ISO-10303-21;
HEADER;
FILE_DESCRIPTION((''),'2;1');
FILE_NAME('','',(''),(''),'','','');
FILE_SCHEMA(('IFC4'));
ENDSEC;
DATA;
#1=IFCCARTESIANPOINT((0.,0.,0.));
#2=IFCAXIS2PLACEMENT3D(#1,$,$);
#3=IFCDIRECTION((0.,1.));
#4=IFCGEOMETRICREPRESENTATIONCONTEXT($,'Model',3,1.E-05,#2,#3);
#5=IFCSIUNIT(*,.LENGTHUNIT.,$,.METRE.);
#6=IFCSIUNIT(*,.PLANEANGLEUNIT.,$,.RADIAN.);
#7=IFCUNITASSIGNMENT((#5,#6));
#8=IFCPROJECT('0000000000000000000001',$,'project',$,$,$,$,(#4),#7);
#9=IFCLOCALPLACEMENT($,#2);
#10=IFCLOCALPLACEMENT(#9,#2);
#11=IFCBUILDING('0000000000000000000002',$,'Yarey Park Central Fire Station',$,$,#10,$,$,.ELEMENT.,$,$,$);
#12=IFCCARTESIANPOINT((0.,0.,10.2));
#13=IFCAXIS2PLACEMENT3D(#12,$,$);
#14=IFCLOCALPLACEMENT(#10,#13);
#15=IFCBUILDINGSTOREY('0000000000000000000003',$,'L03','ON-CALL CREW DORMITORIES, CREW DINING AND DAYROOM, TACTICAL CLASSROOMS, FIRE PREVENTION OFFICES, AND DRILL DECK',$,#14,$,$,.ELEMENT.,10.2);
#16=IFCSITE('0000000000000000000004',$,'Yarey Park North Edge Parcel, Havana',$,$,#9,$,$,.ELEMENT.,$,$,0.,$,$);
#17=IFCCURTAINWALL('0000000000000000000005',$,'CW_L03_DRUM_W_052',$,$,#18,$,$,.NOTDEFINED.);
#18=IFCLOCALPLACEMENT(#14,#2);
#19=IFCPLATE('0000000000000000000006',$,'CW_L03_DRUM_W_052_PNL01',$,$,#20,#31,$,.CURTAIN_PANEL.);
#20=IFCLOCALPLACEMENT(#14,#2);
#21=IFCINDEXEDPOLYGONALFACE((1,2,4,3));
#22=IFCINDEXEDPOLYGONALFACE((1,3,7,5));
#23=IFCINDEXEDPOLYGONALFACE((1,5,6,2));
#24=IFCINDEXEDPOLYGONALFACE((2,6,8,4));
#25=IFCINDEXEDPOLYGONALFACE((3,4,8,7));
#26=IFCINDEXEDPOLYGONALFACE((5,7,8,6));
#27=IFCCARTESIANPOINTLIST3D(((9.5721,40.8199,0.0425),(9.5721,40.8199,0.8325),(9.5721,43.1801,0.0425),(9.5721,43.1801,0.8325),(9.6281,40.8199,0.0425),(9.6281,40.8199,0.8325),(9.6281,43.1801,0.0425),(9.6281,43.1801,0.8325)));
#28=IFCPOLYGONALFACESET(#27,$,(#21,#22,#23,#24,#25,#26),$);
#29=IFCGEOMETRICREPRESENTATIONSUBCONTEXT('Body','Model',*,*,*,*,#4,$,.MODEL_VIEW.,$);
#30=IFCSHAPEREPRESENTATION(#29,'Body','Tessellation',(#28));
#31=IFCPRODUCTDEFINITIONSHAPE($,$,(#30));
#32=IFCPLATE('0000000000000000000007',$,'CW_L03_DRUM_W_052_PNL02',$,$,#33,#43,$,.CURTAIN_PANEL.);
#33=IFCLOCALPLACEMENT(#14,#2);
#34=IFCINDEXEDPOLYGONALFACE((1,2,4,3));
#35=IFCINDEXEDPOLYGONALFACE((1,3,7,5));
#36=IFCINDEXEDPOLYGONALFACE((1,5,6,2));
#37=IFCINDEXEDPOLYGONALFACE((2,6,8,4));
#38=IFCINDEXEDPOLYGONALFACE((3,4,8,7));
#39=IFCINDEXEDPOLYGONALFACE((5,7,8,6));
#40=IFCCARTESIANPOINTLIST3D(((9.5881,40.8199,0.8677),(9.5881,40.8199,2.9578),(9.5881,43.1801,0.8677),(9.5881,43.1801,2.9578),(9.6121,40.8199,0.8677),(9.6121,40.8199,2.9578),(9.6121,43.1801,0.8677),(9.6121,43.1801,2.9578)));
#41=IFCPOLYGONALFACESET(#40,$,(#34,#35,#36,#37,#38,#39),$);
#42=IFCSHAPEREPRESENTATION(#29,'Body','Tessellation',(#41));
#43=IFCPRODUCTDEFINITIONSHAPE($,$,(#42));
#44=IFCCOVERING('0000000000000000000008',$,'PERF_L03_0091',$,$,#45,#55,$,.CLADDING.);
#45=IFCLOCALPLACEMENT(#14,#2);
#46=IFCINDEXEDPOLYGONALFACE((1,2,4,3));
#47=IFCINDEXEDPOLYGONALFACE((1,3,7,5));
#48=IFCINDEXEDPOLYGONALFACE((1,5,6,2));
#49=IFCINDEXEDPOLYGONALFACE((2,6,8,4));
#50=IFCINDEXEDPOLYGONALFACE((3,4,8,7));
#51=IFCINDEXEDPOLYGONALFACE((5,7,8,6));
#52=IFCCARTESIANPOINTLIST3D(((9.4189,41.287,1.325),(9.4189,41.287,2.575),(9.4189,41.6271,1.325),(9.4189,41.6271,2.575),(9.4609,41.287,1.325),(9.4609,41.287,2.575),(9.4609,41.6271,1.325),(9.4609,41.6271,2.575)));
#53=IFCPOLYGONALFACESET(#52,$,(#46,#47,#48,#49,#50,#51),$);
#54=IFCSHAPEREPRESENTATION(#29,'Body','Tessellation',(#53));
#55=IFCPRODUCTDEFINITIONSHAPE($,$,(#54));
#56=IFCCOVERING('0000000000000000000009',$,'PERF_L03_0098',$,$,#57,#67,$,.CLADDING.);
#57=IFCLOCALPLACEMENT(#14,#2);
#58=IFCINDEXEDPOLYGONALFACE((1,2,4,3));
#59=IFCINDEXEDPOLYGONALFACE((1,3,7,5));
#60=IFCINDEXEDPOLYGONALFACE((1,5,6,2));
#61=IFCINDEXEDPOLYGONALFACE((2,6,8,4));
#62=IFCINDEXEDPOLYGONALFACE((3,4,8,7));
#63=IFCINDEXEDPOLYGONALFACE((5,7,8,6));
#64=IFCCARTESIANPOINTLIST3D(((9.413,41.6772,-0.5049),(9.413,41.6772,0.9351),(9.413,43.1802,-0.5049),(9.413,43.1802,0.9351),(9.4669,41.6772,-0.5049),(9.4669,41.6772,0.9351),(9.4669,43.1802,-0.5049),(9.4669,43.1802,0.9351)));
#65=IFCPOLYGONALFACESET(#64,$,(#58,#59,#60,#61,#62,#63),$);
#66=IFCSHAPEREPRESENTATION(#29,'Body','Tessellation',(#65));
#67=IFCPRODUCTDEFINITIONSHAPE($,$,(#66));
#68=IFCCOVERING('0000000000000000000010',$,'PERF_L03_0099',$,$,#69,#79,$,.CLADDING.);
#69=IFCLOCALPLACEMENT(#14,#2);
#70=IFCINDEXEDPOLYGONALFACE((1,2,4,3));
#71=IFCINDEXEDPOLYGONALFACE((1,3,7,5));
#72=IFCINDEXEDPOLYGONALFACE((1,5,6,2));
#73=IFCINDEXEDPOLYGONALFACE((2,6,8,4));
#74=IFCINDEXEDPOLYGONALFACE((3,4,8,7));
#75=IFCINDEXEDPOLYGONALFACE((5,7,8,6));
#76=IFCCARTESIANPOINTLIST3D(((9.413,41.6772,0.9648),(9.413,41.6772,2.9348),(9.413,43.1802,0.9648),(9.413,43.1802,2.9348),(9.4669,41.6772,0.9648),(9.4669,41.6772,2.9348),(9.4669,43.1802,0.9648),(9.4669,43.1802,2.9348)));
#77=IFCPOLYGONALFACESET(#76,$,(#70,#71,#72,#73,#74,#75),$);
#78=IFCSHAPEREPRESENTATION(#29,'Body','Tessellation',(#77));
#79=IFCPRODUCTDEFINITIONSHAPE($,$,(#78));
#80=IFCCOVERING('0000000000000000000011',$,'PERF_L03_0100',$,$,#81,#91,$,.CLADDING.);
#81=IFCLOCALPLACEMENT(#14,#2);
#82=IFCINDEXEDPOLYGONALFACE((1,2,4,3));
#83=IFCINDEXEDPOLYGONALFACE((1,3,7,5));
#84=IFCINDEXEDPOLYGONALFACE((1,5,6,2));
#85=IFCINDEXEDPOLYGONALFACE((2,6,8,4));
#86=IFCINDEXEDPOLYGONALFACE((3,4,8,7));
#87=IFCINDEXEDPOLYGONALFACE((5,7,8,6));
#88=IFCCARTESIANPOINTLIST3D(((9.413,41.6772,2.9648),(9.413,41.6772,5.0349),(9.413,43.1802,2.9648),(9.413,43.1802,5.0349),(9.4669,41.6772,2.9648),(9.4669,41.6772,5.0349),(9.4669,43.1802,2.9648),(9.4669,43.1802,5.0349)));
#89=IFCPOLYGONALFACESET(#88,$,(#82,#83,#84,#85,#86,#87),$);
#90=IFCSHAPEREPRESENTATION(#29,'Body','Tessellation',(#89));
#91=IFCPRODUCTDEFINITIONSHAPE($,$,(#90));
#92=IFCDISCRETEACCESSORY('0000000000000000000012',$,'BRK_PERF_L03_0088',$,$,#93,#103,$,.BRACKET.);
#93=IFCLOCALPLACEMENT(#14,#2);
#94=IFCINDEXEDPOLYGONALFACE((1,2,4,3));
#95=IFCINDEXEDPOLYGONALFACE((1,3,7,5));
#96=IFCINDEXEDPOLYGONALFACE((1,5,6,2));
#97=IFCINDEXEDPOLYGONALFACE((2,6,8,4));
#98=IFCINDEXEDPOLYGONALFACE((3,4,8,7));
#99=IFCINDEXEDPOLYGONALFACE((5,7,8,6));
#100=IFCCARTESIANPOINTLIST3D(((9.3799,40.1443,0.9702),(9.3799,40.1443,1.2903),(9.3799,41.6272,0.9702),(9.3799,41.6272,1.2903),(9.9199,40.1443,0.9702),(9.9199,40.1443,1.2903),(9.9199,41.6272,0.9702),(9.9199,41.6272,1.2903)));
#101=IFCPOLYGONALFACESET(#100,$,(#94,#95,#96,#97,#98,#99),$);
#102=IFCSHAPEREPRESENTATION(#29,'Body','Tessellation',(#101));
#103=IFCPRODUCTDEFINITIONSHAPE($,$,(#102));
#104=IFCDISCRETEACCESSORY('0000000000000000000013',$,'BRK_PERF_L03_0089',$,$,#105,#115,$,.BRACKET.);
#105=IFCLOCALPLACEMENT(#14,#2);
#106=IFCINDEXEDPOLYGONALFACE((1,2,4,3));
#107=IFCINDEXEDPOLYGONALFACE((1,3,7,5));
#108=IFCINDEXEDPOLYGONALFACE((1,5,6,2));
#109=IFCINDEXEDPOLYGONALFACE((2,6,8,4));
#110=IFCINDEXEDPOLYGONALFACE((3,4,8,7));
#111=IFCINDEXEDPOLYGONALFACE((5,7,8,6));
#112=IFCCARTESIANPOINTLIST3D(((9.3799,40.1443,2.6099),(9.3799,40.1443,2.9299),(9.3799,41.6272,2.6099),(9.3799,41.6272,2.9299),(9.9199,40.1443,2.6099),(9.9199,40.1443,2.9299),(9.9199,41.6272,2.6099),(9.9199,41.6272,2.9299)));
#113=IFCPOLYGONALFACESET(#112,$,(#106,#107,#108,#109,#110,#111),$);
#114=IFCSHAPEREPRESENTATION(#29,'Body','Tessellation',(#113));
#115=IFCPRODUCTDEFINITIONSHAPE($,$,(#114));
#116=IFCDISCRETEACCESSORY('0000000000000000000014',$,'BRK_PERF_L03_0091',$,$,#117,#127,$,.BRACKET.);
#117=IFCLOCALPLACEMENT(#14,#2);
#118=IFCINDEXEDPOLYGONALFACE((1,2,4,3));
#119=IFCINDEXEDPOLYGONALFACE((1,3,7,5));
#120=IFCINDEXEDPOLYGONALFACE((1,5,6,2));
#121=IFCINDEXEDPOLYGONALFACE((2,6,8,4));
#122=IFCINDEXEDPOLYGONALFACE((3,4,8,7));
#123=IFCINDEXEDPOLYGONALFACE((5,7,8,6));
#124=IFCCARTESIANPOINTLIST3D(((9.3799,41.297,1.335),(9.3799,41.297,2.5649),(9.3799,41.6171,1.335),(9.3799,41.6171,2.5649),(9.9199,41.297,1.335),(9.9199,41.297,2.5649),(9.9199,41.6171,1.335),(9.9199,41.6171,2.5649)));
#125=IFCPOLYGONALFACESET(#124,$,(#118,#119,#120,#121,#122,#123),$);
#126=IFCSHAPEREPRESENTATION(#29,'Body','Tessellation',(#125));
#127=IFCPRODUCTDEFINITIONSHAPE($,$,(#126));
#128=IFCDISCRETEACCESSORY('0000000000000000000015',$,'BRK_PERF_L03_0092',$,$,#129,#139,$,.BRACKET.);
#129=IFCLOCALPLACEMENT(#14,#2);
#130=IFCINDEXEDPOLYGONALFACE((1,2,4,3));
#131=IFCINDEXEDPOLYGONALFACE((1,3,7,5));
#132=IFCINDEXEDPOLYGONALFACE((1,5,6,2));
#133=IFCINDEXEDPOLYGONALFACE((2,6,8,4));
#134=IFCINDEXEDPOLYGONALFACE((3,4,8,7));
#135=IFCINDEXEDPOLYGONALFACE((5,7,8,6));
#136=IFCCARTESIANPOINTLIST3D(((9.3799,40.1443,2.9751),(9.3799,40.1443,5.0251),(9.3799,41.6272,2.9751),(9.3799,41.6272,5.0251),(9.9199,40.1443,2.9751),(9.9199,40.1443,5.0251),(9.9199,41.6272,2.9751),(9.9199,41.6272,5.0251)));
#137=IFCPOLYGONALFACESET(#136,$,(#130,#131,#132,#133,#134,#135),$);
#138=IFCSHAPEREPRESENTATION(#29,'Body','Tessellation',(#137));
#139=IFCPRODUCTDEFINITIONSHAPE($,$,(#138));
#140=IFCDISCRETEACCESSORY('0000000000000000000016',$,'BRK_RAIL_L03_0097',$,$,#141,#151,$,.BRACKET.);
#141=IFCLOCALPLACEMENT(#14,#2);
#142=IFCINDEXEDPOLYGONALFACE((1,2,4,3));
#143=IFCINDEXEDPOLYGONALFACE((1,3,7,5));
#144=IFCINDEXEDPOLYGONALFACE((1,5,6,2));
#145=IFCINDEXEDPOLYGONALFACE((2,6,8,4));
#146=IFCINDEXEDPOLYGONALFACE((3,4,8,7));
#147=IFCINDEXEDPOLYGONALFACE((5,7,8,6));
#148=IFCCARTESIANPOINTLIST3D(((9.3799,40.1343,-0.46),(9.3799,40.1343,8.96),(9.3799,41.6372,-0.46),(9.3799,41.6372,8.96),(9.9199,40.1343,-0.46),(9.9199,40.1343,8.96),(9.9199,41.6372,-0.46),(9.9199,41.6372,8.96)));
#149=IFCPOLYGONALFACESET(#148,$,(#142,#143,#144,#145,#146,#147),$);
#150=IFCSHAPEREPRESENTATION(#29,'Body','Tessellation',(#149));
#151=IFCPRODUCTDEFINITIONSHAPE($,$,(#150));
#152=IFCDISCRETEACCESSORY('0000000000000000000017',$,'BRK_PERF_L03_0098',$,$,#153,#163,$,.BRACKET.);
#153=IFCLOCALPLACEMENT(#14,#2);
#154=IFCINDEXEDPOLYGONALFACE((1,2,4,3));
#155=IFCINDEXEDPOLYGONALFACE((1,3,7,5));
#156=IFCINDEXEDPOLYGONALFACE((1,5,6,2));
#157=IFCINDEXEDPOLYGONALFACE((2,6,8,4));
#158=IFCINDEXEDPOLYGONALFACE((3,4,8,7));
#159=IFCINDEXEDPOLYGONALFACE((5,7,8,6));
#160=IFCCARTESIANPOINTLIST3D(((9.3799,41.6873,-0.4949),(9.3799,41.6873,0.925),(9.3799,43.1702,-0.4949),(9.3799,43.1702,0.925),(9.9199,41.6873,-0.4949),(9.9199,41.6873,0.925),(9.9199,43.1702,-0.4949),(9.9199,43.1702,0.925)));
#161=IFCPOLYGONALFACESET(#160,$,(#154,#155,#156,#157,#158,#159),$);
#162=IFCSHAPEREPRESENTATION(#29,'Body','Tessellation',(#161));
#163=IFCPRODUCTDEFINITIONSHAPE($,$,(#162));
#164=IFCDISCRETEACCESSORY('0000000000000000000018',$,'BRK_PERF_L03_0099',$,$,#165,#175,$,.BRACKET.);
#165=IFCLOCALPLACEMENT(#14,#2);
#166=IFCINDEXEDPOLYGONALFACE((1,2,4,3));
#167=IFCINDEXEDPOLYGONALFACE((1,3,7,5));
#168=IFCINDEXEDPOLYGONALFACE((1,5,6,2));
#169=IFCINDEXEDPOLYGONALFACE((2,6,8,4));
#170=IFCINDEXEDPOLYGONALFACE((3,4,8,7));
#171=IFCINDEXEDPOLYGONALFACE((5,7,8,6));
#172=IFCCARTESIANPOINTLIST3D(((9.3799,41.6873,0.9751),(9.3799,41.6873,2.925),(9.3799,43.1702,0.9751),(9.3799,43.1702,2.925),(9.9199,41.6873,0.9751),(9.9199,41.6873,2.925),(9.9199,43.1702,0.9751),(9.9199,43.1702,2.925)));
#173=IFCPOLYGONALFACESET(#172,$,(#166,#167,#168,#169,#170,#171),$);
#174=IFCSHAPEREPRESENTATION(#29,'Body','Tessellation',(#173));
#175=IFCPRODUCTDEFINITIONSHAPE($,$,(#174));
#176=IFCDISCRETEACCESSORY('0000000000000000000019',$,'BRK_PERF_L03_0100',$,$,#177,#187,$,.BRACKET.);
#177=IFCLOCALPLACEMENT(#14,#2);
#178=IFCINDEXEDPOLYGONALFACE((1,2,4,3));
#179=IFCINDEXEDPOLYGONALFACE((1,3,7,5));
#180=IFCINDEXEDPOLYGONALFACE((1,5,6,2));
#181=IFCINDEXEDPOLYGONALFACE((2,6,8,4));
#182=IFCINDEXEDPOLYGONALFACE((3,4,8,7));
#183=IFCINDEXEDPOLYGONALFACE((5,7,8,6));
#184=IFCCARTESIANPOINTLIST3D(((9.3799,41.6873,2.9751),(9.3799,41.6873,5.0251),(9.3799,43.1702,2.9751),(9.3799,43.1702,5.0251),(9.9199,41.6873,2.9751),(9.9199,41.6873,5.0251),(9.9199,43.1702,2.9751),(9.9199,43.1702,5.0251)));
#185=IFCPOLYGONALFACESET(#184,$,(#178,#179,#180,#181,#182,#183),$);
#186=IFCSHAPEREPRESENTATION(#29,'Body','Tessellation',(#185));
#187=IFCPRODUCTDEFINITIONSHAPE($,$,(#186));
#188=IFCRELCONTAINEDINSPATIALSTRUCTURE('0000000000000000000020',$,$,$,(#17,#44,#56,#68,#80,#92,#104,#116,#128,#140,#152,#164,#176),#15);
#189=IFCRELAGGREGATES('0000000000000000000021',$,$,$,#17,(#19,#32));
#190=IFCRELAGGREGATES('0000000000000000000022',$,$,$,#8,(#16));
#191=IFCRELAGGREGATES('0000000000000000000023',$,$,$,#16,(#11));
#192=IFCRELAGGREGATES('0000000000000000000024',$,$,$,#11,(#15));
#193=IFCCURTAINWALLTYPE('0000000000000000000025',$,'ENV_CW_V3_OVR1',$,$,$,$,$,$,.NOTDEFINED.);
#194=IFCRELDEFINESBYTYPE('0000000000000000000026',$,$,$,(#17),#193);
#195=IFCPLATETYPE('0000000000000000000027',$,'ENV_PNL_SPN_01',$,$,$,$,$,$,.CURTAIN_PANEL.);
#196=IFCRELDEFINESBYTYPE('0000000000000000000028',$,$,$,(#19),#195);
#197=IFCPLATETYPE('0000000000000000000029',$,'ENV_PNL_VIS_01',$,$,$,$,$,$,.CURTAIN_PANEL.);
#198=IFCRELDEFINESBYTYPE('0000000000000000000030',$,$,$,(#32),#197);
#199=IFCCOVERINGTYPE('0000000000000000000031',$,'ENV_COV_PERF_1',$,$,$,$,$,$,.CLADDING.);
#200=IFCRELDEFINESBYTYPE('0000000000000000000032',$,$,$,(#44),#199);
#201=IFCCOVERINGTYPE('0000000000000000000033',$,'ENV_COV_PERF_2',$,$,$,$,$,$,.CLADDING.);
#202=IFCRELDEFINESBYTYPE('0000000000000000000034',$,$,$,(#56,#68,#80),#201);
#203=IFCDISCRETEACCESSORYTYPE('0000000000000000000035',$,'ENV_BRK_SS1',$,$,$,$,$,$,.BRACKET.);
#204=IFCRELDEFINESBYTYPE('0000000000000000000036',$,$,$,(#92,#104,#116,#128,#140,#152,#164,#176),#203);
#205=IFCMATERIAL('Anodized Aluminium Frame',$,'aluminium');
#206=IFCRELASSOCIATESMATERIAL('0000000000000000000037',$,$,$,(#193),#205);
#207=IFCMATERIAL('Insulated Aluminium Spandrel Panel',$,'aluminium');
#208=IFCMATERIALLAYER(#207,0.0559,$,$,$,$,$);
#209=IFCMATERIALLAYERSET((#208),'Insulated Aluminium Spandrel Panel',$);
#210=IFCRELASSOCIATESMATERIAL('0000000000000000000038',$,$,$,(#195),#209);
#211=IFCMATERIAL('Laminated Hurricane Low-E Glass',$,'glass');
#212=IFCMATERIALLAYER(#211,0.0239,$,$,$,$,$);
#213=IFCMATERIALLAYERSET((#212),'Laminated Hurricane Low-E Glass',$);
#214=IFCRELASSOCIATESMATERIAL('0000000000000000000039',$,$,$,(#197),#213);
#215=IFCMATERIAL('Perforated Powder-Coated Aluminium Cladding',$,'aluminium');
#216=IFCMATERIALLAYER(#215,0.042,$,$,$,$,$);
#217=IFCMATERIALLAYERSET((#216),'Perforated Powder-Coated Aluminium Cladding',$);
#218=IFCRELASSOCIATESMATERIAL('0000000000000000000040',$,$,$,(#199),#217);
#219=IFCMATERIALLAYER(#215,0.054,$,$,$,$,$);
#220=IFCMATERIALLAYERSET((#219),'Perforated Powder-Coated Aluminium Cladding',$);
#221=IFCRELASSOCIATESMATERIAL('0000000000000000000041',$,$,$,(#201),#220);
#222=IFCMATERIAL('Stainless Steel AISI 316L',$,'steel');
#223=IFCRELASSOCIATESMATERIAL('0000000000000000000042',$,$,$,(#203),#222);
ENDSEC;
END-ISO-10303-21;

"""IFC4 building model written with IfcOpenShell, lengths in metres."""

from ifc_helpers import new_model, si_unit, direction, frame, origin, origin_2d, place, context, subcontext, project, spatial, rectangle, extrude, material, layer, layer_set, type_object, element, aggregate, save


model = new_model("IFC4")

# Units and contexts
model_context = context("Model", 3, precision=1e-05, world=origin(), true_north=direction((0.0, 1.0)))
body_context = subcontext(model_context, "Body", "Model", "MODEL_VIEW")
ifc_project = project(units=[si_unit("LENGTHUNIT", "METRE"), si_unit("PLANEANGLEUNIT", "RADIAN")], contexts=[model_context])

# Site, building, storey
site_placement = place(None, origin())
site = spatial("IfcSite", under=ifc_project, at=site_placement, Name="Yarey Park North Edge Parcel, Havana", CompositionType="ELEMENT", RefElevation=0.0)
building_placement = place(site_placement, origin())
building = spatial("IfcBuilding", under=site, at=building_placement, Name="Yarey Park Central Fire Station", CompositionType="ELEMENT")
storey_placement = place(building_placement, frame((0.0, 0.0, 10.2)))
storey = spatial("IfcBuildingStorey", under=building, at=storey_placement, Name="L03", Description="ON-CALL CREW DORMITORIES, CREW DINING AND DAYROOM, TACTICAL CLASSROOMS, FIRE PREVENTION OFFICES, AND DRILL DECK", CompositionType="ELEMENT", Elevation=10.2)

# Curtain wall, plates
ifc_material_1 = material(Name="Anodized Aluminium Frame", Category="aluminium")
curtain_wall_type = type_object("IfcCurtainWallType", Name="ENV_CW_V3_OVR1", PredefinedType="NOTDEFINED", material=ifc_material_1)
curtain_wall_placement = place(storey_placement, origin())
curtain_wall = element("IfcCurtainWall", 1, at=curtain_wall_placement, inside=storey, type_object=curtain_wall_type, Name="CW_L03_DRUM_W_052", PredefinedType="NOTDEFINED")
ifc_material_2 = material(Name="Insulated Aluminium Spandrel Panel", Category="aluminium")
ifc_layer_1 = layer(ifc_material_2, 0.0559)
ifc_layer_set_1 = layer_set([ifc_layer_1], Name="Insulated Aluminium Spandrel Panel")
plate_type_1 = type_object("IfcPlateType", Name="ENV_PNL_SPN_01", PredefinedType="CURTAIN_PANEL", material=ifc_layer_set_1)
plate_1_placement = place(storey_placement, frame((9.6001, 42.0, 0.0425), z_axis=(0.0, 0.0, 1.0), x_axis=(0.0, -1.0, 0.0)))
plate_1 = element("IfcPlate", 2, at=plate_1_placement, type_object=plate_type_1, Name="CW_L03_DRUM_W_052_PNL01", PredefinedType="CURTAIN_PANEL", context=body_context, shape_type="SweptSolid", body=[
    extrude(rectangle(XDim=2.3601, YDim=0.0559, at=origin_2d()), origin(), (0.0, 0.0, 1.0), 0.79),
])
ifc_material_3 = material(Name="Laminated Hurricane Low-E Glass", Category="glass")
ifc_layer_2 = layer(ifc_material_3, 0.0239)
ifc_layer_set_2 = layer_set([ifc_layer_2], Name="Laminated Hurricane Low-E Glass")
plate_type_2 = type_object("IfcPlateType", Name="ENV_PNL_VIS_01", PredefinedType="CURTAIN_PANEL", material=ifc_layer_set_2)
plate_2_placement = place(storey_placement, frame((9.6001, 42.0, 0.8677), z_axis=(0.0, 0.0, 1.0), x_axis=(0.0, -1.0, 0.0)))
plate_2 = element("IfcPlate", 3, at=plate_2_placement, type_object=plate_type_2, Name="CW_L03_DRUM_W_052_PNL02", PredefinedType="CURTAIN_PANEL", context=body_context, shape_type="SweptSolid", body=[
    extrude(rectangle(XDim=2.3601, YDim=0.0239, at=origin_2d()), origin(), (0.0, 0.0, 1.0), 2.0901),
])
aggregate(curtain_wall, [plate_1, plate_2])

# Coverings
ifc_material_4 = material(Name="Perforated Powder-Coated Aluminium Cladding", Category="aluminium")
ifc_layer_3 = layer(ifc_material_4, 0.042)
ifc_layer_set_3 = layer_set([ifc_layer_3], Name="Perforated Powder-Coated Aluminium Cladding")
covering_type_1 = type_object("IfcCoveringType", Name="ENV_COV_PERF_1", PredefinedType="CLADDING", material=ifc_layer_set_3)
covering_1_placement = place(storey_placement, frame((9.4399, 41.457, 1.325), z_axis=(0.0, 0.0, 1.0), x_axis=(0.0, 1.0, 0.0)))
element("IfcCovering", 4, at=covering_1_placement, inside=storey, type_object=covering_type_1, Name="PERF_L03_0091", PredefinedType="CLADDING", context=body_context, shape_type="SweptSolid", body=[
    extrude(rectangle(XDim=0.3401, YDim=0.042, at=origin_2d()), origin(), (0.0, 0.0, 1.0), 1.25),
])
ifc_layer_4 = layer(ifc_material_4, 0.054)
ifc_layer_set_4 = layer_set([ifc_layer_4], Name="Perforated Powder-Coated Aluminium Cladding")
covering_type_2 = type_object("IfcCoveringType", Name="ENV_COV_PERF_2", PredefinedType="CLADDING", material=ifc_layer_set_4)
covering_2_placement = place(storey_placement, frame((9.4399, 42.4287, -0.5049), z_axis=(0.0, 0.0, 1.0), x_axis=(0.0, 1.0, 0.0)))
element("IfcCovering", 5, at=covering_2_placement, inside=storey, type_object=covering_type_2, Name="PERF_L03_0098", PredefinedType="CLADDING", context=body_context, shape_type="SweptSolid", body=[
    extrude(rectangle(XDim=1.5029, YDim=0.054, at=origin_2d()), origin(), (0.0, 0.0, 1.0), 1.4399),
])
covering_3_placement = place(storey_placement, frame((9.4399, 42.4287, 0.9648), z_axis=(0.0, 0.0, 1.0), x_axis=(0.0, 1.0, 0.0)))
element("IfcCovering", 6, at=covering_3_placement, inside=storey, type_object=covering_type_2, Name="PERF_L03_0099", PredefinedType="CLADDING", context=body_context, shape_type="SweptSolid", body=[
    extrude(rectangle(XDim=1.5029, YDim=0.054, at=origin_2d()), origin(), (0.0, 0.0, 1.0), 1.97),
])
covering_4_placement = place(storey_placement, frame((9.4399, 42.4287, 2.9648), z_axis=(0.0, 0.0, 1.0), x_axis=(0.0, 1.0, 0.0)))
element("IfcCovering", 7, at=covering_4_placement, inside=storey, type_object=covering_type_2, Name="PERF_L03_0100", PredefinedType="CLADDING", context=body_context, shape_type="SweptSolid", body=[
    extrude(rectangle(XDim=1.5029, YDim=0.054, at=origin_2d()), origin(), (0.0, 0.0, 1.0), 2.0701),
])

# Discrete accessories
ifc_material_5 = material(Name="Stainless Steel AISI 316L", Category="steel")
discrete_accessory_type = type_object("IfcDiscreteAccessoryType", Name="ENV_BRK_SS1", PredefinedType="BRACKET", material=ifc_material_5)
for number, where, z_axis, x_axis, name in (
    (8, (9.6499, 40.8857, 0.9702), (0.0, 0.0, 1.0), (1.0, 0.0, 0.0), "BRK_PERF_L03_0088"),
    (9, (9.6499, 40.8857, 2.6099), (0.0, 0.0, 1.0), (1.0, 0.0, 0.0), "BRK_PERF_L03_0089"),
):
    element("IfcDiscreteAccessory", number, at=place(storey_placement, frame(where, z_axis=z_axis, x_axis=x_axis)), inside=storey, type_object=discrete_accessory_type, Name=name, PredefinedType="BRACKET", context=body_context, shape_type="SweptSolid", body=[
        extrude(rectangle(XDim=0.54, YDim=1.4829, at=origin_2d()), origin(), (0.0, 0.0, 1.0), 0.3201),
    ])
discrete_accessory_1_placement = place(storey_placement, frame((9.6499, 41.457, 1.335), z_axis=(0.0, 0.0, 1.0), x_axis=(1.0, 0.0, 0.0)))
element("IfcDiscreteAccessory", 10, at=discrete_accessory_1_placement, inside=storey, type_object=discrete_accessory_type, Name="BRK_PERF_L03_0091", PredefinedType="BRACKET", context=body_context, shape_type="SweptSolid", body=[
    extrude(rectangle(XDim=0.54, YDim=0.3201, at=origin_2d()), origin(), (0.0, 0.0, 1.0), 1.23),
])
discrete_accessory_2_placement = place(storey_placement, frame((9.6499, 40.8857, 2.9751), z_axis=(0.0, 0.0, 1.0), x_axis=(1.0, 0.0, 0.0)))
element("IfcDiscreteAccessory", 11, at=discrete_accessory_2_placement, inside=storey, type_object=discrete_accessory_type, Name="BRK_PERF_L03_0092", PredefinedType="BRACKET", context=body_context, shape_type="SweptSolid", body=[
    extrude(rectangle(XDim=0.54, YDim=1.4829, at=origin_2d()), origin(), (0.0, 0.0, 1.0), 2.05),
])
discrete_accessory_3_placement = place(storey_placement, frame((9.6499, 40.8857, -0.46), z_axis=(0.0, 0.0, 1.0), x_axis=(1.0, 0.0, 0.0)))
element("IfcDiscreteAccessory", 12, at=discrete_accessory_3_placement, inside=storey, type_object=discrete_accessory_type, Name="BRK_RAIL_L03_0097", PredefinedType="BRACKET", context=body_context, shape_type="SweptSolid", body=[
    extrude(rectangle(XDim=0.54, YDim=1.5029, at=origin_2d()), origin(), (0.0, 0.0, 1.0), 9.4199),
])
discrete_accessory_4_placement = place(storey_placement, frame((9.6499, 42.4287, -0.4949), z_axis=(0.0, 0.0, 1.0), x_axis=(1.0, 0.0, 0.0)))
element("IfcDiscreteAccessory", 13, at=discrete_accessory_4_placement, inside=storey, type_object=discrete_accessory_type, Name="BRK_PERF_L03_0098", PredefinedType="BRACKET", context=body_context, shape_type="SweptSolid", body=[
    extrude(rectangle(XDim=0.54, YDim=1.4829, at=origin_2d()), origin(), (0.0, 0.0, 1.0), 1.4199),
])
discrete_accessory_5_placement = place(storey_placement, frame((9.6499, 42.4287, 0.9751), z_axis=(0.0, 0.0, 1.0), x_axis=(1.0, 0.0, 0.0)))
element("IfcDiscreteAccessory", 14, at=discrete_accessory_5_placement, inside=storey, type_object=discrete_accessory_type, Name="BRK_PERF_L03_0099", PredefinedType="BRACKET", context=body_context, shape_type="SweptSolid", body=[
    extrude(rectangle(XDim=0.54, YDim=1.4829, at=origin_2d()), origin(), (0.0, 0.0, 1.0), 1.95),
])
discrete_accessory_6_placement = place(storey_placement, frame((9.6499, 42.4287, 2.9751), z_axis=(0.0, 0.0, 1.0), x_axis=(1.0, 0.0, 0.0)))
element("IfcDiscreteAccessory", 15, at=discrete_accessory_6_placement, inside=storey, type_object=discrete_accessory_type, Name="BRK_PERF_L03_0100", PredefinedType="BRACKET", context=body_context, shape_type="SweptSolid", body=[
    extrude(rectangle(XDim=0.54, YDim=1.4829, at=origin_2d()), origin(), (0.0, 0.0, 1.0), 2.05),
])

save(model, "model.ifc")
